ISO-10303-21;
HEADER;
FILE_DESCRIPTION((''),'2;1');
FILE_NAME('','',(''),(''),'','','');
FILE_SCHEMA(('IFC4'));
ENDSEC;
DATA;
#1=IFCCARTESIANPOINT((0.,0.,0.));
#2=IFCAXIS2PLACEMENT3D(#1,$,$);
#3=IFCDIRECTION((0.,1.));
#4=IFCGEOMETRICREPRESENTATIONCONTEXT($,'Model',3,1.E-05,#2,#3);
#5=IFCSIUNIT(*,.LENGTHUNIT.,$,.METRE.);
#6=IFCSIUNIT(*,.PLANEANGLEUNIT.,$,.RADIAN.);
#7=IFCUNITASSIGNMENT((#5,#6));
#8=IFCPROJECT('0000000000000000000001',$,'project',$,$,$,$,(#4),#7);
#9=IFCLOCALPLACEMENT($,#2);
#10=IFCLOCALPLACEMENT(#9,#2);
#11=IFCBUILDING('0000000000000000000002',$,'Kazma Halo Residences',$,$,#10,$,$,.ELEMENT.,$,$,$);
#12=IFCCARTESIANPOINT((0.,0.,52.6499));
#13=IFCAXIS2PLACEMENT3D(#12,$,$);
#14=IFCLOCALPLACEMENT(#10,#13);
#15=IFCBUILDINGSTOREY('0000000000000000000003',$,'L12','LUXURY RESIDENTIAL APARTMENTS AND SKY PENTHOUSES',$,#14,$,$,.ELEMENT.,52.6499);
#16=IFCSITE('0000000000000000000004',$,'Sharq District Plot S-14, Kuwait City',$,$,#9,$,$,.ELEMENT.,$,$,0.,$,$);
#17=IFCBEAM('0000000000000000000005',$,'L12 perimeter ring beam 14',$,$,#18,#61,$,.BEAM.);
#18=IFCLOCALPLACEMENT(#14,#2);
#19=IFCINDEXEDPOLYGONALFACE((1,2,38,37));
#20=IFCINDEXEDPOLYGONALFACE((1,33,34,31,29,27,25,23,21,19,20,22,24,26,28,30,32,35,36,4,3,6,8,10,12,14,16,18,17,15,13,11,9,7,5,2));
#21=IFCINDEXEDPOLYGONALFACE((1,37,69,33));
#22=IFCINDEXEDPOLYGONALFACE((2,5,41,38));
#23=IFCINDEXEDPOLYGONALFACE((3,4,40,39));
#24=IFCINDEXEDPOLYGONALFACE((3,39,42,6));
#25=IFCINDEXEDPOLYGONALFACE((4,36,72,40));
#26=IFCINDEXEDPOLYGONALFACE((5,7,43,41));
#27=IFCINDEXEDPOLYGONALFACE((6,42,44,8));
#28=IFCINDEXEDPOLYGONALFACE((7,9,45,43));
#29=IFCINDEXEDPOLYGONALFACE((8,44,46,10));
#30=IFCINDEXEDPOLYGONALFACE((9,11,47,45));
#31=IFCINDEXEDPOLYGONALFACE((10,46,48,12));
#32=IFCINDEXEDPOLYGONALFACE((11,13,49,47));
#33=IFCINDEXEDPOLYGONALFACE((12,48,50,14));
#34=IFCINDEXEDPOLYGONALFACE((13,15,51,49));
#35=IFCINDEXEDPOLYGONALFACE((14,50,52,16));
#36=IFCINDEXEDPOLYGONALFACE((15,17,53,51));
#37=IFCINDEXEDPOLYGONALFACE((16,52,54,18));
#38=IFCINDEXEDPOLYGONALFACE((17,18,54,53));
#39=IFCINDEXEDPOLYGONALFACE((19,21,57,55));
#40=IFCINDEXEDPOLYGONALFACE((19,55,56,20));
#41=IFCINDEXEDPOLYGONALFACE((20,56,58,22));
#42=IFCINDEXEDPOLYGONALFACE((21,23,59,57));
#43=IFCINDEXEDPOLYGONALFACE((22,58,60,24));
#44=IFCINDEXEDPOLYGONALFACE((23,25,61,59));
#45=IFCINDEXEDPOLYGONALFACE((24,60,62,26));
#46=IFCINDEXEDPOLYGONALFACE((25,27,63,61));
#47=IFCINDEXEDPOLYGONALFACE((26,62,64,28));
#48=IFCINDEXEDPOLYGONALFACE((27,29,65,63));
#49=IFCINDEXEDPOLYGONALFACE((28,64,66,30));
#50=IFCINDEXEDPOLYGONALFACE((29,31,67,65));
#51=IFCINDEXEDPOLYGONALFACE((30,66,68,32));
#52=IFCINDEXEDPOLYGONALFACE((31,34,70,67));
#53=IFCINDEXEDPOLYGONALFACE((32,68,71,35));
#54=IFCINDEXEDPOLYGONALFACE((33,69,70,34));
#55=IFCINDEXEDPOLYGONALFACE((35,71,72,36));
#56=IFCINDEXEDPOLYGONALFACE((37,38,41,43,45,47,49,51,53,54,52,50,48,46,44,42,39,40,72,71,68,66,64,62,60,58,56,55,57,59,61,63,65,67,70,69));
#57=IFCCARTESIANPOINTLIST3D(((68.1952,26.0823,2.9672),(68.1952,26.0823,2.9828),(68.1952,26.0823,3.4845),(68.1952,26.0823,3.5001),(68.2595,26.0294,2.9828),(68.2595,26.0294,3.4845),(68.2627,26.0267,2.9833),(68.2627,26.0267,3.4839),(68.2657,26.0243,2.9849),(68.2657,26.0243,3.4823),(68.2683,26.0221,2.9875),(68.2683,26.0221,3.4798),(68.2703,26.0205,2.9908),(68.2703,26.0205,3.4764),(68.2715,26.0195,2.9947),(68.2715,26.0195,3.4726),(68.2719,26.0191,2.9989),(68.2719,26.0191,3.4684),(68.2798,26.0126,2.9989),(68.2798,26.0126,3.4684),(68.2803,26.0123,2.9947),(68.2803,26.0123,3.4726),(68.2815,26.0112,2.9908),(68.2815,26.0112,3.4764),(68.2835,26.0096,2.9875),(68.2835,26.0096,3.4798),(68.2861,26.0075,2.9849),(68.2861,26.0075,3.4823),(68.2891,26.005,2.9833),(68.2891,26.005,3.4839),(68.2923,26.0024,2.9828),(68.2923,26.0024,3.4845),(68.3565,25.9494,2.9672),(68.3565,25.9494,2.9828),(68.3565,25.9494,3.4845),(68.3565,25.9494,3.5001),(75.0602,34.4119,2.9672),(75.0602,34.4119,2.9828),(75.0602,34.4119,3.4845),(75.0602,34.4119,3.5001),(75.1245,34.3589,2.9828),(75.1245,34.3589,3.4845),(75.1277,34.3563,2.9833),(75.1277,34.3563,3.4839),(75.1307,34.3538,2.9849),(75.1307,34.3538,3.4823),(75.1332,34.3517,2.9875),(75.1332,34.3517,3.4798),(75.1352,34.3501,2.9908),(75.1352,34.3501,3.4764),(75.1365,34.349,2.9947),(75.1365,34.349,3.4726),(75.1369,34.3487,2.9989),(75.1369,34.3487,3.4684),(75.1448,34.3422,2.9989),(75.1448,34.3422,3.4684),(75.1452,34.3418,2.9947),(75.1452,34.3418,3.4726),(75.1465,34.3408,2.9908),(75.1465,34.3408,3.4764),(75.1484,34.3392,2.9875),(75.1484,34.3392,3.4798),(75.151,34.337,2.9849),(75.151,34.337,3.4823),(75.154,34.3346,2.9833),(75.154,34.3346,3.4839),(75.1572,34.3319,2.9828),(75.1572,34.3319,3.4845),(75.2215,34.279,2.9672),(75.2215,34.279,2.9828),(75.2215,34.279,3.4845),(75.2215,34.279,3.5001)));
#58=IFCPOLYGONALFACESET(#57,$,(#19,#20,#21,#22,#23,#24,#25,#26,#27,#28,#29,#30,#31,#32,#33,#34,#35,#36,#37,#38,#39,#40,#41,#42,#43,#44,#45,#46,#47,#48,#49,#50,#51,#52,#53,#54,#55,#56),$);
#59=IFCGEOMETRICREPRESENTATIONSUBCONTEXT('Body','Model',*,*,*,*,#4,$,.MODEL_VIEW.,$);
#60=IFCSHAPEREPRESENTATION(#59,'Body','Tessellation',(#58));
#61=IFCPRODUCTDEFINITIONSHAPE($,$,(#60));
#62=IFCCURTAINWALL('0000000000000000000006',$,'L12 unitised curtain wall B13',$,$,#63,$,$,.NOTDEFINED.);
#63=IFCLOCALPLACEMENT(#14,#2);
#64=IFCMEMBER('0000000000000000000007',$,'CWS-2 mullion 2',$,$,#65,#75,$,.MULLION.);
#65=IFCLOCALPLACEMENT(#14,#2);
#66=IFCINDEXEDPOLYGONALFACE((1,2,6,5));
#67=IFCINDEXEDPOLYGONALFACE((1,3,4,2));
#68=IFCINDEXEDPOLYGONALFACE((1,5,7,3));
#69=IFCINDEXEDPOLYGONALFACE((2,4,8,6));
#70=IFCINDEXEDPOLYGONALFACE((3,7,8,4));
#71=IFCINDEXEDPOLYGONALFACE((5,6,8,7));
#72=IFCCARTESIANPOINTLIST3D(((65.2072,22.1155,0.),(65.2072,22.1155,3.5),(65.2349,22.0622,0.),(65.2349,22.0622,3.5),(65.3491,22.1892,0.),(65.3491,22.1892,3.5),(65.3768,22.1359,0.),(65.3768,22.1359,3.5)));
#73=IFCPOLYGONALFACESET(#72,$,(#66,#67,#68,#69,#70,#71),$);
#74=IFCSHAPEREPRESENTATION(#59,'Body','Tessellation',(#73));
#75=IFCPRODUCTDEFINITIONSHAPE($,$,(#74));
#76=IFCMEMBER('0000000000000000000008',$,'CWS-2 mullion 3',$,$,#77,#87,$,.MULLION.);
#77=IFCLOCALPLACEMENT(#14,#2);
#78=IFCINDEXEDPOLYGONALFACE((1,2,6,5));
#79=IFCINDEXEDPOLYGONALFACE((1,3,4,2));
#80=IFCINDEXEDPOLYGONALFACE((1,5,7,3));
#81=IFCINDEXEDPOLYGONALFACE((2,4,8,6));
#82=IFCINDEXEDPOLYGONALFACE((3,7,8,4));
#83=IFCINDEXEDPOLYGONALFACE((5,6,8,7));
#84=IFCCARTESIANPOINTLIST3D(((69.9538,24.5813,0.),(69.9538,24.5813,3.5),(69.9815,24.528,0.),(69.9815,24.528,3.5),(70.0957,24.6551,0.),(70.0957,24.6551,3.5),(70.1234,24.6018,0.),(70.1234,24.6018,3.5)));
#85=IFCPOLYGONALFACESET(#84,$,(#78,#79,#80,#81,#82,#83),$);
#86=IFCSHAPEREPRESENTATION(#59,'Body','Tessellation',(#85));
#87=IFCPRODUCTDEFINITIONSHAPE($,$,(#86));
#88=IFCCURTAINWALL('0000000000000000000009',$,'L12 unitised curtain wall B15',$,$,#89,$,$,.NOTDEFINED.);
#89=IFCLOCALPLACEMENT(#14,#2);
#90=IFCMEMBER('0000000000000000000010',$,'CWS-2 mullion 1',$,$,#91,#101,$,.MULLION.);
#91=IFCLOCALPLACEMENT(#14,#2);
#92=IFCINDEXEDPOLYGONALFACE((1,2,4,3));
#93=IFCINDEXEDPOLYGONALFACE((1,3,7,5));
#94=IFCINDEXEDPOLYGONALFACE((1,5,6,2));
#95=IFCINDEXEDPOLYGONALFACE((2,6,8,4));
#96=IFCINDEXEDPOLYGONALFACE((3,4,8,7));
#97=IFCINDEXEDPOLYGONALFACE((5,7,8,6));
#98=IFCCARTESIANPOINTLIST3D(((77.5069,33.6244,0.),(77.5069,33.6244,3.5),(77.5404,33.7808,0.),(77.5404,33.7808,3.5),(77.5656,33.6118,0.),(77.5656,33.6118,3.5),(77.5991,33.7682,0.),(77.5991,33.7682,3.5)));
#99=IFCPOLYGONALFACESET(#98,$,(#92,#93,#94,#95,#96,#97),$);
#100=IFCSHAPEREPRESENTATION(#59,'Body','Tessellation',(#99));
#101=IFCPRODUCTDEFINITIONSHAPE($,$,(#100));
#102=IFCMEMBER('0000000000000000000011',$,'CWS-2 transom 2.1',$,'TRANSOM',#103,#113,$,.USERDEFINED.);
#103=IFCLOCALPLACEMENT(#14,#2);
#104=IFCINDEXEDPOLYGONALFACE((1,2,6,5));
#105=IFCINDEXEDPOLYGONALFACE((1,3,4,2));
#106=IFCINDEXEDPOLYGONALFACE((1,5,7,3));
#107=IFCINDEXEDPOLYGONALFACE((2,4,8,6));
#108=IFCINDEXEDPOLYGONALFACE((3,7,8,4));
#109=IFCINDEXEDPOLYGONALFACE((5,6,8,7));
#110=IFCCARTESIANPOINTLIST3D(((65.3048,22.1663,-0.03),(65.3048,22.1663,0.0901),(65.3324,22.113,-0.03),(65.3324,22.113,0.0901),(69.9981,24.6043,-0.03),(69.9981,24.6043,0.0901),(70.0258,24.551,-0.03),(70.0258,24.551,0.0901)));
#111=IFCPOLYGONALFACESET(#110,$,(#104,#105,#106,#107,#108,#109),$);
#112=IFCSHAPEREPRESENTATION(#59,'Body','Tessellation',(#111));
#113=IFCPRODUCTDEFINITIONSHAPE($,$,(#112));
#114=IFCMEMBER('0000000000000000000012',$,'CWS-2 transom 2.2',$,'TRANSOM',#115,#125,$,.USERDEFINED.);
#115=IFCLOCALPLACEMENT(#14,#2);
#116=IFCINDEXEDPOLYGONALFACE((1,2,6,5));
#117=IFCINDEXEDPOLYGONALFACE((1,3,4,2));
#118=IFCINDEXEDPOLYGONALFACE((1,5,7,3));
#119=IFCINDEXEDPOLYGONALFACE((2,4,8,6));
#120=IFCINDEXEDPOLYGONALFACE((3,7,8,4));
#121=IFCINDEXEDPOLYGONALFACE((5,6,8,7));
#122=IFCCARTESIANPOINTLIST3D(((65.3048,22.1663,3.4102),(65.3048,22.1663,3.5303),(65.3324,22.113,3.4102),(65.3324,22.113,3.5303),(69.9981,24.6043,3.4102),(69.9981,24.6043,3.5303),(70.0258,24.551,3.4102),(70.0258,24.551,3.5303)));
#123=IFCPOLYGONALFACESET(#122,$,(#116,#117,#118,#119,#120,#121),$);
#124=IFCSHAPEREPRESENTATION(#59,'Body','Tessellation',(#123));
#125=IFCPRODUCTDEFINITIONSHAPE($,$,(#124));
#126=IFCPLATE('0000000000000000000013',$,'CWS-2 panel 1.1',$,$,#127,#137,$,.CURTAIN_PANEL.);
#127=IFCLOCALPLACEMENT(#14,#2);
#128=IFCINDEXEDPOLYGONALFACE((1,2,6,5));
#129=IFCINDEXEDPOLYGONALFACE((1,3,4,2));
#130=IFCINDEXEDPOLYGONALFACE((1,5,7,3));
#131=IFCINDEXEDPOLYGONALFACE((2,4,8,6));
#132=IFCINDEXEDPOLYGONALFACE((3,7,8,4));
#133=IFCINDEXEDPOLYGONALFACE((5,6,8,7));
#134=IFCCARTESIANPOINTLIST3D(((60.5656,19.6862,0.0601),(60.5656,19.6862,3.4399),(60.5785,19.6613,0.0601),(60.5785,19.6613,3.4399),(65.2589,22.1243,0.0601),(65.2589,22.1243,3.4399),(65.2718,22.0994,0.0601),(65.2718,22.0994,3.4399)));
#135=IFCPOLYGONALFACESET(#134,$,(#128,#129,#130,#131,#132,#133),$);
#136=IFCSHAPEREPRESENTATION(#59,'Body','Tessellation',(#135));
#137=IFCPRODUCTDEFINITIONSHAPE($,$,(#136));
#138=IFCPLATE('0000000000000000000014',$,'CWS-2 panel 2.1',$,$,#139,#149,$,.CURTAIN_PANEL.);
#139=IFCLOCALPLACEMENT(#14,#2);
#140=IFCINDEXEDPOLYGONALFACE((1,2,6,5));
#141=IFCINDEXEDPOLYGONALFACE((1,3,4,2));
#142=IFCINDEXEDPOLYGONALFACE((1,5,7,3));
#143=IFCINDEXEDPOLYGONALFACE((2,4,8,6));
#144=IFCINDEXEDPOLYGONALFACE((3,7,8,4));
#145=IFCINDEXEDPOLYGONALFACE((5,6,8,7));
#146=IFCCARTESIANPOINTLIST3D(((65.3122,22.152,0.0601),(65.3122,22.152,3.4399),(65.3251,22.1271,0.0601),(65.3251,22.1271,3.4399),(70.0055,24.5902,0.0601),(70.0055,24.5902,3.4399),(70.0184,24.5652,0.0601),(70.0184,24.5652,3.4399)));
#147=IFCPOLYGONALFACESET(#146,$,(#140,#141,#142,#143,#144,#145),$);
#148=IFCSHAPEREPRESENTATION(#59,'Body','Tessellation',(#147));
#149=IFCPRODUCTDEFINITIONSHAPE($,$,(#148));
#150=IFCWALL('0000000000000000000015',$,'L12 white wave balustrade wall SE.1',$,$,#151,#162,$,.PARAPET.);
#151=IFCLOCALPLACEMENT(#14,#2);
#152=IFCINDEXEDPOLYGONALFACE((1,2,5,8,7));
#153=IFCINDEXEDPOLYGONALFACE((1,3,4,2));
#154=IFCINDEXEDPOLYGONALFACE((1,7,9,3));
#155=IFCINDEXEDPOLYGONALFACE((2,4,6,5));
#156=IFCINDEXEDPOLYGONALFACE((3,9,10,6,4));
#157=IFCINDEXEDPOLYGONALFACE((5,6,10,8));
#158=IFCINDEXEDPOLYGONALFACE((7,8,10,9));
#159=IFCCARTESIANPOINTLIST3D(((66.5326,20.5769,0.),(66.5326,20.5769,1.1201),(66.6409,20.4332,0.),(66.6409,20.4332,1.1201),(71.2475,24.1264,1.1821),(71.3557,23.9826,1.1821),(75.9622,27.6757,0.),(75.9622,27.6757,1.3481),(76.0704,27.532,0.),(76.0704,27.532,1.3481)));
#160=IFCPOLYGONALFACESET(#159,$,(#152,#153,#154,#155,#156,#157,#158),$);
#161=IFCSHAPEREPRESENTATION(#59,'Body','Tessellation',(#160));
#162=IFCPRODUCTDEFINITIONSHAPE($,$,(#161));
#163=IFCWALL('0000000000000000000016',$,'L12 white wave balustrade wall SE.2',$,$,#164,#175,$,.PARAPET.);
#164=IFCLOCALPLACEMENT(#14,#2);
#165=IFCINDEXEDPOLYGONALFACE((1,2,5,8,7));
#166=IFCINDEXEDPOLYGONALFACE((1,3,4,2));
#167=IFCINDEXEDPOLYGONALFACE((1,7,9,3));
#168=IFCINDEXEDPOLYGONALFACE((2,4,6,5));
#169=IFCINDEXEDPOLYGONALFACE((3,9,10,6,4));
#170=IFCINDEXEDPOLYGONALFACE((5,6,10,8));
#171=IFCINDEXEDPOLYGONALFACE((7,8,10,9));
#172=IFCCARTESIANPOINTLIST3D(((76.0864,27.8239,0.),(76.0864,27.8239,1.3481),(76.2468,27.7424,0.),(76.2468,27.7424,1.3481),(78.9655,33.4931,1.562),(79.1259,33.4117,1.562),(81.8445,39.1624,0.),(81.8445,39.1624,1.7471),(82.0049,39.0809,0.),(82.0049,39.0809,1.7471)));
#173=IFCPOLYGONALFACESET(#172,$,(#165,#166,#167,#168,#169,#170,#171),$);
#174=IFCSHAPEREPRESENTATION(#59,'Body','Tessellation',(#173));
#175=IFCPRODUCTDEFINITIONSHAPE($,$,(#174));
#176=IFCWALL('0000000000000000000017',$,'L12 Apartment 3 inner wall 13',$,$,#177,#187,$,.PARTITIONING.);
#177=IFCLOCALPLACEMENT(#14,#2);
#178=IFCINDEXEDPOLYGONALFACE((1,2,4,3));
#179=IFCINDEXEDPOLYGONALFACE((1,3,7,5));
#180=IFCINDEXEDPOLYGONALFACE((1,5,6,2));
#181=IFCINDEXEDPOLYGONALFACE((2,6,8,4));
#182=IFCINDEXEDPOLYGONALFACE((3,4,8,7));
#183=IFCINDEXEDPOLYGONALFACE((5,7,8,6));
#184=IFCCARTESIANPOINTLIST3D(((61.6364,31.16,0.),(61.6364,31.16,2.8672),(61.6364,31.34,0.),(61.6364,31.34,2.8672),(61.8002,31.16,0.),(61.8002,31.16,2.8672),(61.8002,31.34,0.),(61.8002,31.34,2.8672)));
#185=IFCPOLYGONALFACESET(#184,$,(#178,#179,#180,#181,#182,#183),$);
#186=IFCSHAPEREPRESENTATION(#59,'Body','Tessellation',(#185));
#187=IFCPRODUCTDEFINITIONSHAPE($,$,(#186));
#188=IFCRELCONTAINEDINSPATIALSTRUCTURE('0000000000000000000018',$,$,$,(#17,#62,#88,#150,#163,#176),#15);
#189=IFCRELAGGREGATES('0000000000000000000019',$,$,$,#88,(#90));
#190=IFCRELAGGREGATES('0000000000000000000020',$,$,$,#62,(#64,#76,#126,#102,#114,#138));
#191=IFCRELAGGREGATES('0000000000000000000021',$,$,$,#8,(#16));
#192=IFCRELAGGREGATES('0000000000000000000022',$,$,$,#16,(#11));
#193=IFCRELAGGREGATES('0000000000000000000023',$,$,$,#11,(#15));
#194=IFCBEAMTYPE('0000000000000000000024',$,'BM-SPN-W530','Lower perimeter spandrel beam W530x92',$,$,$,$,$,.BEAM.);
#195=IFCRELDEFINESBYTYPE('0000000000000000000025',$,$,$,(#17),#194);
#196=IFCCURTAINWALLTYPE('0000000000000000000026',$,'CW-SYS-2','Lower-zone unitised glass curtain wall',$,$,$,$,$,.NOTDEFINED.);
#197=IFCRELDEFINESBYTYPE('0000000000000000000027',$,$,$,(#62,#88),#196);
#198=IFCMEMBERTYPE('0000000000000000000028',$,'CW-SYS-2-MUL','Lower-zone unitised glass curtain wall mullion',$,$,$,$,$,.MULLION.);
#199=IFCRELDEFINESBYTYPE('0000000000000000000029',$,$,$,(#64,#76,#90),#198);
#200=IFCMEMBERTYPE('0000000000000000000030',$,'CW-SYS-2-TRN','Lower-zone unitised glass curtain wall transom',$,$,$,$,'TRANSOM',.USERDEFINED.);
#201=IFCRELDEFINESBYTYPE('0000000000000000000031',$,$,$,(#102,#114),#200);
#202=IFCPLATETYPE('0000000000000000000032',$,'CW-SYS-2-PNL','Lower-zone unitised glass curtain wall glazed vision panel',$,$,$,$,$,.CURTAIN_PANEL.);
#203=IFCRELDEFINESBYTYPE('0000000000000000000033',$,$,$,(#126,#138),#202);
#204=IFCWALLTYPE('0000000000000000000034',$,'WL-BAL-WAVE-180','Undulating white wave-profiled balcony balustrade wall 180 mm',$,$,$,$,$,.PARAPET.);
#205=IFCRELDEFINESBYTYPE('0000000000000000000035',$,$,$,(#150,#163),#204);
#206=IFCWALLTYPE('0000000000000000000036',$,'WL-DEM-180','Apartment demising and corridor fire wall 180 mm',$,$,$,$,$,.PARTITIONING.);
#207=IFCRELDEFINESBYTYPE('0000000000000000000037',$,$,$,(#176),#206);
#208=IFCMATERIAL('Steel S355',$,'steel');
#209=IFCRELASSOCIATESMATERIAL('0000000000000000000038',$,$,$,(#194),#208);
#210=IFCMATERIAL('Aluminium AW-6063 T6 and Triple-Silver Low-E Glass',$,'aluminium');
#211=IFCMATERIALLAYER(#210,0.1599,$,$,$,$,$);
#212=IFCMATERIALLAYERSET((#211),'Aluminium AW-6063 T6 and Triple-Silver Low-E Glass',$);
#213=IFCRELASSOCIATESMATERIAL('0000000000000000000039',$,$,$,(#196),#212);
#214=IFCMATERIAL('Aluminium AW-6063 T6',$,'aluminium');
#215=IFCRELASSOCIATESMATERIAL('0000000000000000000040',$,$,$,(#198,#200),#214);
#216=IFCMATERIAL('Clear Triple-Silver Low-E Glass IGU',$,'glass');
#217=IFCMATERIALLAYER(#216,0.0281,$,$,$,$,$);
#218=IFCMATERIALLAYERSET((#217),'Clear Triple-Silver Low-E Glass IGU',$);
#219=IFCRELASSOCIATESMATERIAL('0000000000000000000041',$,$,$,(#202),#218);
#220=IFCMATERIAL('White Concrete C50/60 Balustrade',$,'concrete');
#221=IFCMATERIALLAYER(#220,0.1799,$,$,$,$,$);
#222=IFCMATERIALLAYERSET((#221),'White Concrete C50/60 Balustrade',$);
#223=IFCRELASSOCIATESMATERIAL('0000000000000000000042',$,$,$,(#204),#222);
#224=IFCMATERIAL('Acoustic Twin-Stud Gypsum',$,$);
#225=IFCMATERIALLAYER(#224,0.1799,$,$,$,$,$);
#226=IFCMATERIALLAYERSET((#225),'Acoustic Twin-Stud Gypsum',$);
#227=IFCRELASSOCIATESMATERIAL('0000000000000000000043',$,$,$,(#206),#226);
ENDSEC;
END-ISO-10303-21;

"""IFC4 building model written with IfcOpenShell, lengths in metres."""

from ifc_helpers import new_model, si_unit, direction, frame, frame_2d, origin, origin_2d, place, context, subcontext, project, spatial, polyline, rectangle, i_section, outline, extrude, material, layer, layer_set, material_profile, profile_set, type_object, element, aggregate, save


model = new_model("IFC4")

# Units and contexts
model_context = context("Model", 3, precision=1e-05, world=origin(), true_north=direction((0.0, 1.0)))
body_context = subcontext(model_context, "Body", "Model", "MODEL_VIEW")
ifc_project = project(units=[si_unit("LENGTHUNIT", "METRE"), si_unit("PLANEANGLEUNIT", "RADIAN")], contexts=[model_context])

# Site, building, storey
site_placement = place(None, origin())
site = spatial("IfcSite", under=ifc_project, at=site_placement, Name="Sharq District Plot S-14, Kuwait City", CompositionType="ELEMENT", RefElevation=0.0)
building_placement = place(site_placement, origin())
building = spatial("IfcBuilding", under=site, at=building_placement, Name="Kazma Halo Residences", CompositionType="ELEMENT")
storey_placement = place(building_placement, frame((0.0, 0.0, 52.6499)))
storey = spatial("IfcBuildingStorey", under=building, at=storey_placement, Name="L12", Description="LUXURY RESIDENTIAL APARTMENTS AND SKY PENTHOUSES", CompositionType="ELEMENT", Elevation=52.6499)

# Beam
ifc_material_1 = material(Name="Steel S355", Category="steel")
ifc_material_profile_1 = material_profile(ifc_material_1, i_section(OverallWidth=0.209, OverallDepth=0.533, WebThickness=0.0103, FlangeThickness=0.0156, FilletRadius=0.0161, at=origin_2d()), Name="W530x92")
ifc_profile_set_1 = profile_set([ifc_material_profile_1], Name="Steel S355")
beam_type_1 = type_object("IfcBeamType", Name="BM-SPN-W530", Description="Lower perimeter spandrel beam W530x92", PredefinedType="BEAM", material=ifc_profile_set_1)
beam_1_placement = place(storey_placement, frame((68.2759, 26.0159, 3.2336), z_axis=(0.636001, 0.771688, 0.0), x_axis=(-0.771688, 0.636001, 0.0)))
element("IfcBeam", 1, at=beam_1_placement, inside=storey, type_object=beam_type_1, Name="L12 perimeter ring beam 14", PredefinedType="BEAM", context=body_context, shape_type="SweptSolid", body=[
    extrude(i_section(OverallWidth=0.209, OverallDepth=0.533, WebThickness=0.0103, FlangeThickness=0.0156, FilletRadius=0.0161, at=origin_2d()), origin(), (0.0, 0.0, 1.0), 10.7939),
])

# Curtain wall, members
ifc_material_2 = material(Name="Aluminium AW-6063 T6 and Triple-Silver Low-E Glass", Category="aluminium")
ifc_layer_1 = layer(ifc_material_2, 0.1599)
ifc_layer_set_1 = layer_set([ifc_layer_1], Name="Aluminium AW-6063 T6 and Triple-Silver Low-E Glass")
curtain_wall_type = type_object("IfcCurtainWallType", Name="CW-SYS-2", Description="Lower-zone unitised glass curtain wall", PredefinedType="NOTDEFINED", material=ifc_layer_set_1)
curtain_wall_1_placement = place(storey_placement, origin())
curtain_wall_1 = element("IfcCurtainWall", 2, at=curtain_wall_1_placement, inside=storey, type_object=curtain_wall_type, Name="L12 unitised curtain wall B13", PredefinedType="NOTDEFINED")
ifc_material_3 = material(Name="Aluminium AW-6063 T6", Category="aluminium")
ifc_material_profile_2 = material_profile(ifc_material_3, rectangle(XDim=0.0601, YDim=0.1599, at=origin_2d()), Name="CWM-60x160")
ifc_profile_set_2 = profile_set([ifc_material_profile_2], Name="Aluminium AW-6063 T6")
member_type_1 = type_object("IfcMemberType", Name="CW-SYS-2-MUL", Description="Lower-zone unitised glass curtain wall mullion", PredefinedType="MULLION", material=ifc_profile_set_2)
member_1_placement = place(storey_placement, frame((65.292, 22.1257, 0.0), z_axis=(0.0, 0.0, 1.0), x_axis=(-0.460996, 0.887402, 0.0)))
member_1 = element("IfcMember", 3, at=member_1_placement, type_object=member_type_1, Name="CWS-2 mullion 2", PredefinedType="MULLION", context=body_context, shape_type="SweptSolid", body=[
    extrude(rectangle(XDim=0.0601, YDim=0.1599, at=origin_2d()), origin(), (0.0, 0.0, 1.0), 3.5),
])
member_2_placement = place(storey_placement, frame((70.0386, 24.5916, 0.0), z_axis=(0.0, 0.0, 1.0), x_axis=(-0.460996, 0.887402, 0.0)))
member_2 = element("IfcMember", 4, at=member_2_placement, type_object=member_type_1, Name="CWS-2 mullion 3", PredefinedType="MULLION", context=body_context, shape_type="SweptSolid", body=[
    extrude(rectangle(XDim=0.0601, YDim=0.1599, at=origin_2d()), origin(), (0.0, 0.0, 1.0), 3.5),
])

# Curtain wall, member
curtain_wall_2_placement = place(storey_placement, origin())
curtain_wall_2 = element("IfcCurtainWall", 5, at=curtain_wall_2_placement, inside=storey, type_object=curtain_wall_type, Name="L12 unitised curtain wall B15", PredefinedType="NOTDEFINED")
member_3_placement = place(storey_placement, frame((77.553, 33.6963, 0.0), z_axis=(0.0, 0.0, 1.0), x_axis=(-0.977779, 0.209637, 0.0)))
member_3 = element("IfcMember", 6, at=member_3_placement, type_object=member_type_1, Name="CWS-2 mullion 1", PredefinedType="MULLION", context=body_context, shape_type="SweptSolid", body=[
    extrude(rectangle(XDim=0.0601, YDim=0.1599, at=origin_2d()), origin(), (0.0, 0.0, 1.0), 3.5),
])
aggregate(curtain_wall_2, [member_3])

# Members
ifc_material_profile_3 = material_profile(ifc_material_3, rectangle(XDim=0.0601, YDim=0.1201, at=origin_2d()), Name="CWT-60x120")
ifc_profile_set_3 = profile_set([ifc_material_profile_3], Name="Aluminium AW-6063 T6")
member_type_2 = type_object("IfcMemberType", Name="CW-SYS-2-TRN", Description="Lower-zone unitised glass curtain wall transom", ElementType="TRANSOM", PredefinedType="USERDEFINED", material=ifc_profile_set_3)
member_4_placement = place(storey_placement, frame((65.3186, 22.1396, 0.03), z_axis=(0.887415, 0.460972, 0.0), x_axis=(-0.460972, 0.887415, 0.0)))
member_4 = element("IfcMember", 7, at=member_4_placement, type_object=member_type_2, Name="CWS-2 transom 2.1", ObjectType="TRANSOM", PredefinedType="USERDEFINED", context=body_context, shape_type="SweptSolid", body=[
    extrude(rectangle(XDim=0.0601, YDim=0.1201, at=origin_2d()), origin(), (0.0, 0.0, 1.0), 5.2888),
])
member_5_placement = place(storey_placement, frame((65.3186, 22.1396, 3.4702), z_axis=(0.887415, 0.460972, 0.0), x_axis=(-0.460972, 0.887415, 0.0)))
member_5 = element("IfcMember", 8, at=member_5_placement, type_object=member_type_2, Name="CWS-2 transom 2.2", ObjectType="TRANSOM", PredefinedType="USERDEFINED", context=body_context, shape_type="SweptSolid", body=[
    extrude(rectangle(XDim=0.0601, YDim=0.1201, at=origin_2d()), origin(), (0.0, 0.0, 1.0), 5.2888),
])

# Plates
ifc_material_4 = material(Name="Clear Triple-Silver Low-E Glass IGU", Category="glass")
ifc_layer_2 = layer(ifc_material_4, 0.0281)
ifc_layer_set_2 = layer_set([ifc_layer_2], Name="Clear Triple-Silver Low-E Glass IGU")
plate_type = type_object("IfcPlateType", Name="CW-SYS-2-PNL", Description="Lower-zone unitised glass curtain wall glazed vision panel", PredefinedType="CURTAIN_PANEL", material=ifc_layer_set_2)
plate_1_placement = place(storey_placement, frame((62.9187, 20.8928, 0.0601), z_axis=(0.0, 0.0, 1.0), x_axis=(0.887402, 0.460996, 0.0)))
plate_1 = element("IfcPlate", 9, at=plate_1_placement, type_object=plate_type, Name="CWS-2 panel 1.1", PredefinedType="CURTAIN_PANEL", context=body_context, shape_type="SweptSolid", body=[
    extrude(rectangle(XDim=5.2888, YDim=0.0281, at=origin_2d()), origin(), (0.0, 0.0, 1.0), 3.3799),
])
plate_2_placement = place(storey_placement, frame((67.6653, 23.3586, 0.0601), z_axis=(0.0, 0.0, 1.0), x_axis=(0.887402, 0.460996, 0.0)))
plate_2 = element("IfcPlate", 10, at=plate_2_placement, type_object=plate_type, Name="CWS-2 panel 2.1", PredefinedType="CURTAIN_PANEL", context=body_context, shape_type="SweptSolid", body=[
    extrude(rectangle(XDim=5.2888, YDim=0.0281, at=origin_2d()), origin(), (0.0, 0.0, 1.0), 3.3799),
])
aggregate(curtain_wall_1, [member_1, member_2, plate_1, member_4, member_5, plate_2])

# Walls
ifc_material_5 = material(Name="White Concrete C50/60 Balustrade", Category="concrete")
ifc_layer_3 = layer(ifc_material_5, 0.1799)
ifc_layer_set_3 = layer_set([ifc_layer_3], Name="White Concrete C50/60 Balustrade")
wall_type_1 = type_object("IfcWallType", Name="WL-BAL-WAVE-180", Description="Undulating white wave-profiled balcony balustrade wall 180 mm", PredefinedType="PARAPET", material=ifc_layer_set_3)
wall_1_placement = place(storey_placement, frame((66.5867, 20.5051, 0.0), z_axis=(0.0, 0.0, 1.0), x_axis=(0.798916, 0.601442, 0.0)))
element("IfcWall", 11, at=wall_1_placement, inside=storey, type_object=wall_type_1, Name="L12 white wave balustrade wall SE.1", PredefinedType="PARAPET", context=body_context, shape_type="SweptSolid", body=[
    extrude(outline(polyline([(0.0, 0.0), (11.803, 0.0), (11.803, 1.3481), (5.9016, 1.1821), (0.0, 1.1201), (0.0, 0.0)])), frame((0.0, 0.0898, 0.0), z_axis=(0.0, -1.0, 0.0), x_axis=(1.0, 0.0, 0.0)), (0.0, 0.0, 1.0), 0.1799),
])
wall_2_placement = place(storey_placement, frame((76.1665, 27.7832, 0.0), z_axis=(0.0, 0.0, 1.0), x_axis=(0.452795, 0.891614, 0.0)))
element("IfcWall", 12, at=wall_2_placement, inside=storey, type_object=wall_type_1, Name="L12 white wave balustrade wall SE.2", PredefinedType="PARAPET", context=body_context, shape_type="SweptSolid", body=[
    extrude(outline(polyline([(0.0, 0.0), (12.7168, 0.0), (12.7168, 1.7471), (6.3584, 1.562), (0.0, 1.3481), (0.0, 0.0)])), frame((0.0, 0.0898, 0.0), z_axis=(0.0, -1.0, 0.0), x_axis=(1.0, 0.0, 0.0)), (0.0, 0.0, 1.0), 0.1799),
])
ifc_material_6 = material(Name="Acoustic Twin-Stud Gypsum")
ifc_layer_4 = layer(ifc_material_6, 0.1799)
ifc_layer_set_4 = layer_set([ifc_layer_4], Name="Acoustic Twin-Stud Gypsum")
wall_type_2 = type_object("IfcWallType", Name="WL-DEM-180", Description="Apartment demising and corridor fire wall 180 mm", PredefinedType="PARTITIONING", material=ifc_layer_set_4)
wall_3_placement = place(storey_placement, frame((61.6362, 31.25, 0.0), z_axis=(0.0, 0.0, 1.0), x_axis=(1.0, 0.0, 0.0)))
element("IfcWall", 13, at=wall_3_placement, inside=storey, type_object=wall_type_2, Name="L12 Apartment 3 inner wall 13", PredefinedType="PARTITIONING", context=body_context, shape_type="SweptSolid", body=[
    extrude(rectangle(XDim=0.1638, YDim=0.1799, at=frame_2d((0.082, 0.0))), origin(), (0.0, 0.0, 1.0), 2.8672),
])

save(model, "model.ifc")
